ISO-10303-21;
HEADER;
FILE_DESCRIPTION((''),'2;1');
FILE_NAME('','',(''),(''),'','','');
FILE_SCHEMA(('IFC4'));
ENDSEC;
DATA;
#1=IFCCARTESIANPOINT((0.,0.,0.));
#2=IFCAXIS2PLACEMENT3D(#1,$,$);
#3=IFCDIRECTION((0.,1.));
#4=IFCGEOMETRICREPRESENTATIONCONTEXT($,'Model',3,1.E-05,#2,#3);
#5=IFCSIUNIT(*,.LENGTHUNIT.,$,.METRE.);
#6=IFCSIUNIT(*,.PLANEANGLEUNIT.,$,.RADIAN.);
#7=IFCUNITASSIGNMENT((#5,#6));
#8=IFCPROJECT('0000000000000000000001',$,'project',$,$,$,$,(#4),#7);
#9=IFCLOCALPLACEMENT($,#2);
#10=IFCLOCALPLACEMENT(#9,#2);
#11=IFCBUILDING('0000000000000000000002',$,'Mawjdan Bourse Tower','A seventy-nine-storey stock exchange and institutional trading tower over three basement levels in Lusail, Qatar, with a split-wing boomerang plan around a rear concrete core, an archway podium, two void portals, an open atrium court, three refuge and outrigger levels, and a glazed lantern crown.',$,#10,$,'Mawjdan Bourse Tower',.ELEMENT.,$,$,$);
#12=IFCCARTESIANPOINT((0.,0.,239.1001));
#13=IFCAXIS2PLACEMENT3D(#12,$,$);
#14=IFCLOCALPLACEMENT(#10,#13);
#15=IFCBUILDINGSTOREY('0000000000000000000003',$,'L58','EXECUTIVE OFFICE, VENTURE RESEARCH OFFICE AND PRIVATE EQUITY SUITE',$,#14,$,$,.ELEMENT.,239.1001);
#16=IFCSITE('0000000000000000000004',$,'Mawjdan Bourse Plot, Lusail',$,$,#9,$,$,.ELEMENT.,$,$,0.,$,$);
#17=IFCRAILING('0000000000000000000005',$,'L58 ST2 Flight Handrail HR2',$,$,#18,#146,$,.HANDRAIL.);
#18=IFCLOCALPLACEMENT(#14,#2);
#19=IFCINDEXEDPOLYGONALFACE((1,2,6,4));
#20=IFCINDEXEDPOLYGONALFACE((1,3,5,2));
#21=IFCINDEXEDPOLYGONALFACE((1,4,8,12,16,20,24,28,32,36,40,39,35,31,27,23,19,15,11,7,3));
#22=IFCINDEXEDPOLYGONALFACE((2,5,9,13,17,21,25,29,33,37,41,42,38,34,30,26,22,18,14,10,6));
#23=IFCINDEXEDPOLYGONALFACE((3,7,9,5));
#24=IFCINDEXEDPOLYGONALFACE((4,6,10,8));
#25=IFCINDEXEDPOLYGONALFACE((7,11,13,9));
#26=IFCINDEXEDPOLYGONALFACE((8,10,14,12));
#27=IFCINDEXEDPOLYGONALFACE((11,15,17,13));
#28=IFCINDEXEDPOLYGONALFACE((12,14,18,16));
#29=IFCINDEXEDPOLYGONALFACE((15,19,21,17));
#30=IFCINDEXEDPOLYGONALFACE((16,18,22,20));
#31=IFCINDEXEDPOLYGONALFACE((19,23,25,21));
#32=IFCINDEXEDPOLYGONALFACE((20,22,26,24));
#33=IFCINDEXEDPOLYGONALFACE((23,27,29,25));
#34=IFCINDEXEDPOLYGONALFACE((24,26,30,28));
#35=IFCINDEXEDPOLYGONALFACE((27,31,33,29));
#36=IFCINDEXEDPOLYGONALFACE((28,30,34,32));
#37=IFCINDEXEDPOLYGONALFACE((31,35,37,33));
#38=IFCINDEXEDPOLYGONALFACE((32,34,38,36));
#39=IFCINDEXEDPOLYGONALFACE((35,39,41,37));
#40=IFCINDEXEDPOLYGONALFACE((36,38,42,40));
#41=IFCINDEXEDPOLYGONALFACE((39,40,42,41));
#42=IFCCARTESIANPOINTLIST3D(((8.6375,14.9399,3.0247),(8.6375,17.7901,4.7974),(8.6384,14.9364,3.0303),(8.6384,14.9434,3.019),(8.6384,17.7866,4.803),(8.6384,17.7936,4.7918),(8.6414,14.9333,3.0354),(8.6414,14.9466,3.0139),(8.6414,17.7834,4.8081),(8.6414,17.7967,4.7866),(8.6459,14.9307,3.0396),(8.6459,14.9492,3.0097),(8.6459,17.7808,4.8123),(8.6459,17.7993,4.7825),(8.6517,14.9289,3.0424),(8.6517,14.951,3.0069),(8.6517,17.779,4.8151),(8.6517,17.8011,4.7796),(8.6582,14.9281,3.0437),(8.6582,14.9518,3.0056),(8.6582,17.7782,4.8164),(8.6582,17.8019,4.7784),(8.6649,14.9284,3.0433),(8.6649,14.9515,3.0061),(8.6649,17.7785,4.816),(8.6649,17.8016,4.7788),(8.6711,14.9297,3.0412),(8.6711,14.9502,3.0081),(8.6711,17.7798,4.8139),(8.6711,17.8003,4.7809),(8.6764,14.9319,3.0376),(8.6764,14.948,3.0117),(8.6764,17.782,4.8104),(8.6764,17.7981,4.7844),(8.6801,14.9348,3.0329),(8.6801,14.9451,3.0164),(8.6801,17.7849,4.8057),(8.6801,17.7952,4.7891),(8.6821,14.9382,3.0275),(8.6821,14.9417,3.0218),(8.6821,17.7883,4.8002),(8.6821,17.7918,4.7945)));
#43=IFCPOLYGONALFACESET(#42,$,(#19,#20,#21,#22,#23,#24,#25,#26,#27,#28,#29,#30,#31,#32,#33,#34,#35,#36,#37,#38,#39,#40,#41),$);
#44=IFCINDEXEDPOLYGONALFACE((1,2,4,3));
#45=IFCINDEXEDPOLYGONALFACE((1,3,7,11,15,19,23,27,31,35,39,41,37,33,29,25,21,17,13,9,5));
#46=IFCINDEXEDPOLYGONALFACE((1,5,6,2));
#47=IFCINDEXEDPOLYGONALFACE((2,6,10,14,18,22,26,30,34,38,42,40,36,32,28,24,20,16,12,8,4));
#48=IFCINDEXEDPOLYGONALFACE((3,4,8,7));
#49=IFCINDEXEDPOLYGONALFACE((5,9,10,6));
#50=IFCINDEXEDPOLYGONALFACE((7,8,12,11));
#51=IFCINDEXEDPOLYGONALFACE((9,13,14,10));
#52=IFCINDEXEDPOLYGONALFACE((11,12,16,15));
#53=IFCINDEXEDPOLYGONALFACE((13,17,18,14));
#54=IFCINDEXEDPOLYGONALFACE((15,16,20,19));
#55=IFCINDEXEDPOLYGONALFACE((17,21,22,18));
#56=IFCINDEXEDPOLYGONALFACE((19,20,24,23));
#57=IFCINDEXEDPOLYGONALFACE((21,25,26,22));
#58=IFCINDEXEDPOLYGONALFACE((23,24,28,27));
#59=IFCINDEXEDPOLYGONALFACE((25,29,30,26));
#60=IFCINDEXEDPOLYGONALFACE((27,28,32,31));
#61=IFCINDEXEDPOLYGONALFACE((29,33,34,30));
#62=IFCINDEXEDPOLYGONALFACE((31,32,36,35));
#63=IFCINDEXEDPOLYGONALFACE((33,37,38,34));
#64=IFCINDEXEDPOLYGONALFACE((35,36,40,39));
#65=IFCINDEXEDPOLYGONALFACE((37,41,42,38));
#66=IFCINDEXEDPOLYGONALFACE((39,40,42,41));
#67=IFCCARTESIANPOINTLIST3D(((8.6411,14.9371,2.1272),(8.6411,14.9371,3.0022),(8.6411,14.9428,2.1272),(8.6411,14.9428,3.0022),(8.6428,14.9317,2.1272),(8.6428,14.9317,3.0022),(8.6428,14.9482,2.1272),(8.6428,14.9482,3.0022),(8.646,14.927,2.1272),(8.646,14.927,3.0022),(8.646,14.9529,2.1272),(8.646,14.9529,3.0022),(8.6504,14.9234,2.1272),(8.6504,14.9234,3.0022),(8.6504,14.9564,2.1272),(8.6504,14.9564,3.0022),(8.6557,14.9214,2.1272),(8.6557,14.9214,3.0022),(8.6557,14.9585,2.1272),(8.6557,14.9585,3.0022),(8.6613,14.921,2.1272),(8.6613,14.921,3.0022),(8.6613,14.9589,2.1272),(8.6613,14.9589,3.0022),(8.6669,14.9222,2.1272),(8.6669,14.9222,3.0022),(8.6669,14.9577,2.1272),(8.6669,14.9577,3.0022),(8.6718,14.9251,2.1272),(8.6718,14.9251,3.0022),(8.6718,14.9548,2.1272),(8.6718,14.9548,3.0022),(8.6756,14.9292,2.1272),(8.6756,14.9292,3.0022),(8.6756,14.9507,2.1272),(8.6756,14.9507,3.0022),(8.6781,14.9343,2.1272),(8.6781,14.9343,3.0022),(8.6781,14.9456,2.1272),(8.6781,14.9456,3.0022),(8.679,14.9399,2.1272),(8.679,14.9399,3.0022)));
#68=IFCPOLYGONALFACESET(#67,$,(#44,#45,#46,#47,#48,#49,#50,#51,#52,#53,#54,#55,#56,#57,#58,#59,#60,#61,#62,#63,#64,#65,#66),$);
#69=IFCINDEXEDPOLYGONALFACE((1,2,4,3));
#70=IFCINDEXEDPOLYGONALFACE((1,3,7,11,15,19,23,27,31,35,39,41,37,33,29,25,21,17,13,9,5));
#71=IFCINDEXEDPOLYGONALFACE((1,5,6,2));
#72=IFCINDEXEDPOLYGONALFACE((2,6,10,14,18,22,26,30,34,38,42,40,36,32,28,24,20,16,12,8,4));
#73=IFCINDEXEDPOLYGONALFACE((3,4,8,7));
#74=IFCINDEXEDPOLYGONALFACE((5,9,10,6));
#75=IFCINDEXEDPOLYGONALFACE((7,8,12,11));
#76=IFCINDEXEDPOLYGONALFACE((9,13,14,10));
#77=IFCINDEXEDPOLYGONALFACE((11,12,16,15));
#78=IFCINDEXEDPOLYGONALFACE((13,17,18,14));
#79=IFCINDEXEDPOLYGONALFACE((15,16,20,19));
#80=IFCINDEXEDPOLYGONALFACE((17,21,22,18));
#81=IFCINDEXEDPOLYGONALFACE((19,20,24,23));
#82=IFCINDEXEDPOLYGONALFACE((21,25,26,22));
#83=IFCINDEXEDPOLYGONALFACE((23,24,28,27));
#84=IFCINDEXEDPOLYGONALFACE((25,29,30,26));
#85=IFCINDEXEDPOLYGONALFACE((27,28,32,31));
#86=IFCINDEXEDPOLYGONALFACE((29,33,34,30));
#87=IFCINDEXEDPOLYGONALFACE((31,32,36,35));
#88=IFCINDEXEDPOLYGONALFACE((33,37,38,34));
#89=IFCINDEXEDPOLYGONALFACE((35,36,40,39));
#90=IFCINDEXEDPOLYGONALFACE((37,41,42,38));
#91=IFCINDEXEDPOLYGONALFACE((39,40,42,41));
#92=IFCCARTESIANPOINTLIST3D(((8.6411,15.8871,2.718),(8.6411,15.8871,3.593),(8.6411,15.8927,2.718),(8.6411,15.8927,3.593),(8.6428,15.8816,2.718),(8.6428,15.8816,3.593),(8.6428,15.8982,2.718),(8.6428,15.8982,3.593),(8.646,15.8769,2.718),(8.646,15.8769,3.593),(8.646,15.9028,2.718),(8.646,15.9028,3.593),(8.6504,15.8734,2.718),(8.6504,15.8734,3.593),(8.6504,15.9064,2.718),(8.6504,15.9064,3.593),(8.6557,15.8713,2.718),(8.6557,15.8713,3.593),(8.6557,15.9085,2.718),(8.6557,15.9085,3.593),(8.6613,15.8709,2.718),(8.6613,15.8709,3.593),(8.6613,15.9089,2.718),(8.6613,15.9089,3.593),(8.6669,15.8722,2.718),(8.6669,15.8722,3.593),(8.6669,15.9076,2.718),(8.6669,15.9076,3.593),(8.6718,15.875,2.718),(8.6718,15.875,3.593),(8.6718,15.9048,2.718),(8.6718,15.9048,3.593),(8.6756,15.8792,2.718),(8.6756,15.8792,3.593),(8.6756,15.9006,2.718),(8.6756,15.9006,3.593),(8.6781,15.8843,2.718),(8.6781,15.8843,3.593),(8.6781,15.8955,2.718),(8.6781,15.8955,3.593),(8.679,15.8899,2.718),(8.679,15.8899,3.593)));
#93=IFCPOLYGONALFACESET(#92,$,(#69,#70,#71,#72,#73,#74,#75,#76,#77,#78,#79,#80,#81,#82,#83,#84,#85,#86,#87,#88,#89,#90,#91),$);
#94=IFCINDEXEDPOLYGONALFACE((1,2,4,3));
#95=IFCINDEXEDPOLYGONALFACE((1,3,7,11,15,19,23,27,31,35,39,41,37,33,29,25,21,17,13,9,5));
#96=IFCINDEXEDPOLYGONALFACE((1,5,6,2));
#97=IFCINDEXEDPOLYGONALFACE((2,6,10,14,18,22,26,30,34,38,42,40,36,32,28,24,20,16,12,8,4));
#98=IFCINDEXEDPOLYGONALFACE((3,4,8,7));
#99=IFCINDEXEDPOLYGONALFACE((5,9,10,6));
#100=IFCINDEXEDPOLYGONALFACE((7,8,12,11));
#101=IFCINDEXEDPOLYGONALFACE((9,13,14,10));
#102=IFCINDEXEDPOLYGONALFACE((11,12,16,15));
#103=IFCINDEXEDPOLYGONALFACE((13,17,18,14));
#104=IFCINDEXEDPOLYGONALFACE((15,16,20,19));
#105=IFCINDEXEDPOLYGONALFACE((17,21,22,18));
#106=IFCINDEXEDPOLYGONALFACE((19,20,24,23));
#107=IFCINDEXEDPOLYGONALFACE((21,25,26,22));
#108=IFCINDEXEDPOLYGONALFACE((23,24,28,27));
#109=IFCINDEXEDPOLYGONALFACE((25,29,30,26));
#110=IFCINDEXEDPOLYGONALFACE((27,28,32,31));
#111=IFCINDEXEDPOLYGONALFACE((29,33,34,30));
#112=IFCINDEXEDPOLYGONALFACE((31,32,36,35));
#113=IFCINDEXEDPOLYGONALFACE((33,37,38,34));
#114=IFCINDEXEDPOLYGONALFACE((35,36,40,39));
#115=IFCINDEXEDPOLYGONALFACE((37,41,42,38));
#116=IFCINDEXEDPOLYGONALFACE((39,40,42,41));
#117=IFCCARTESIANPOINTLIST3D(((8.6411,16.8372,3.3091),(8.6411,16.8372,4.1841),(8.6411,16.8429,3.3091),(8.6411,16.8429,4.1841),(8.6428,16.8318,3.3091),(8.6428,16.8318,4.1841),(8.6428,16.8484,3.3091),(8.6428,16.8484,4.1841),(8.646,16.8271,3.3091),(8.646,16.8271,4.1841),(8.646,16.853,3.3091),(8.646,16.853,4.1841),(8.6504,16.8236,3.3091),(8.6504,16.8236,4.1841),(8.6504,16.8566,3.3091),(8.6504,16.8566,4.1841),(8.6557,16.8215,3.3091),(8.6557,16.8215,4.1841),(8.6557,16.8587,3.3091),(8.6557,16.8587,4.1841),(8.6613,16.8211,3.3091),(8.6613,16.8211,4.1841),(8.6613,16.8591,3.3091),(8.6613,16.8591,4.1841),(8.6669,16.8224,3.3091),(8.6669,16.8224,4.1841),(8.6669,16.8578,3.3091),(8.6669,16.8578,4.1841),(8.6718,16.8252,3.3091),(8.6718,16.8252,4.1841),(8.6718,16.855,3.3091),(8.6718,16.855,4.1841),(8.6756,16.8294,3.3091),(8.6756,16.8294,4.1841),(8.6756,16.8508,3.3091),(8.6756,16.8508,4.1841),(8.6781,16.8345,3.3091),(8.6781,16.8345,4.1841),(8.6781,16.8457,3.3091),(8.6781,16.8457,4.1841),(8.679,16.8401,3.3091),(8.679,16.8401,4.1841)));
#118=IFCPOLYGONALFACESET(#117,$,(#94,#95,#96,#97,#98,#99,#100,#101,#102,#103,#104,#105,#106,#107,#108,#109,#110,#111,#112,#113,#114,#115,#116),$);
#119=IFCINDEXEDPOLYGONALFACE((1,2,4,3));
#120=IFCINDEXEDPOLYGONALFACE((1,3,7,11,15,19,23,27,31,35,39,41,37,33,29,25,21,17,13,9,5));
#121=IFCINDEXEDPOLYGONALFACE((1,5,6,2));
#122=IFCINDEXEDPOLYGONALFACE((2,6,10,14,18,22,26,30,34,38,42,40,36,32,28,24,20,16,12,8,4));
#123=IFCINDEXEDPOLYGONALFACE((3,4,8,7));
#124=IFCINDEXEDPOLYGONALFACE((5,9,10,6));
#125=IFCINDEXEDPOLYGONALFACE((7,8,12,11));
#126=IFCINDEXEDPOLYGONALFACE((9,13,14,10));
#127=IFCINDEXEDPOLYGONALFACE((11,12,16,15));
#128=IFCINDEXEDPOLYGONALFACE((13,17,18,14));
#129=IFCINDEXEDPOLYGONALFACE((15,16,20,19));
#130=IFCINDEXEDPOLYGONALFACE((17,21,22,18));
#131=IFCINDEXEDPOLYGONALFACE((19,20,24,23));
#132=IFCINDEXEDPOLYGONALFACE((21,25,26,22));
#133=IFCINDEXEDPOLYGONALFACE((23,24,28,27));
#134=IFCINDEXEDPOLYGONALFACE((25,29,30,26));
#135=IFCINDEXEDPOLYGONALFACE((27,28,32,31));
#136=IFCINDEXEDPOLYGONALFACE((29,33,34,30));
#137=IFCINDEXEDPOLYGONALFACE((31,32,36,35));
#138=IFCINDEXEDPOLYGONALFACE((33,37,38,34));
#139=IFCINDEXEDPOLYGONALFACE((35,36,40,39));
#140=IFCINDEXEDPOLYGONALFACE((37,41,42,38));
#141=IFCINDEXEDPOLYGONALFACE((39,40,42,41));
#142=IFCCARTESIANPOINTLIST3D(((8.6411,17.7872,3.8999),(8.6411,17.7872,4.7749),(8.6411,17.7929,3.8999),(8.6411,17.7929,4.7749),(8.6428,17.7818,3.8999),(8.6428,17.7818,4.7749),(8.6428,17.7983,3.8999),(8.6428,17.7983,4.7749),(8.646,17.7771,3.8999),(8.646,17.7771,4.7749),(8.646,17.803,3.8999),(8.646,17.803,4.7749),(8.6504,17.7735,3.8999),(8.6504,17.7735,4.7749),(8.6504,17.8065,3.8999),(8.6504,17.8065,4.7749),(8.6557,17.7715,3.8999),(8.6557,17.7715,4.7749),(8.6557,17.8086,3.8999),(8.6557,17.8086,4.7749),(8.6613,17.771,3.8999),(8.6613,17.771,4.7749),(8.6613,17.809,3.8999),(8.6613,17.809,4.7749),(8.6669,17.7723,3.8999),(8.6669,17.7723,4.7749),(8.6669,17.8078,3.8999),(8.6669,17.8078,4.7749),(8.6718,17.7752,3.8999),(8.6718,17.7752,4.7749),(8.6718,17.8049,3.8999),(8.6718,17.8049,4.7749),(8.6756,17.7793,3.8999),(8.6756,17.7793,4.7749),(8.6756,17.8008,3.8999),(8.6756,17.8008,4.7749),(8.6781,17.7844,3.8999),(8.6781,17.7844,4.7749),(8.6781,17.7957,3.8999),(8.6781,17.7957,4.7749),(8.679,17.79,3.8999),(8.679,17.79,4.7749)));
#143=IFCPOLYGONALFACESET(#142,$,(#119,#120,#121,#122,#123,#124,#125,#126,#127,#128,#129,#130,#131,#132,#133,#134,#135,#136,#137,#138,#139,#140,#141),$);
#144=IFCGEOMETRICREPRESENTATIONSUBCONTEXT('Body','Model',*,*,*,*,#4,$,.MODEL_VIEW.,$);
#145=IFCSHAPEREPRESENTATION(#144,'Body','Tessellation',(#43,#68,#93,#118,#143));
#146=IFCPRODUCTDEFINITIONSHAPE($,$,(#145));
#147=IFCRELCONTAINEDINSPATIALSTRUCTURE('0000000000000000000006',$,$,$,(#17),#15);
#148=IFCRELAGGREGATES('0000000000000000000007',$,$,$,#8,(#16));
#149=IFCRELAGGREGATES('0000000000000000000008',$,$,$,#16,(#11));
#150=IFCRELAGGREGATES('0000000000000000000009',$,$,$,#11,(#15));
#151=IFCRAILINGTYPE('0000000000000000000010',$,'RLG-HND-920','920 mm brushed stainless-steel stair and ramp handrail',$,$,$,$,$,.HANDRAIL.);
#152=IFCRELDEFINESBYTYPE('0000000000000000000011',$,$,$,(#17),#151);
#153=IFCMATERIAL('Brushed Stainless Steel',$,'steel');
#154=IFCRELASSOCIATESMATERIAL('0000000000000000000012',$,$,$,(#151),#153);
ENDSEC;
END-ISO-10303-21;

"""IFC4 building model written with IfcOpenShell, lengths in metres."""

from ifc_helpers import new_model, si_unit, direction, frame, origin, origin_2d, place, context, subcontext, project, spatial, circle, extrude, material, type_object, element, save


model = new_model("IFC4")

# Units and contexts
model_context = context("Model", 3, precision=1e-05, world=origin(), true_north=direction((0.0, 1.0)))
body_context = subcontext(model_context, "Body", "Model", "MODEL_VIEW")
ifc_project = project(units=[si_unit("LENGTHUNIT", "METRE"), si_unit("PLANEANGLEUNIT", "RADIAN")], contexts=[model_context])

# Site, building, storey
site_placement = place(None, origin())
site = spatial("IfcSite", under=ifc_project, at=site_placement, Name="Mawjdan Bourse Plot, Lusail", CompositionType="ELEMENT", RefElevation=0.0)
building_placement = place(site_placement, origin())
building = spatial("IfcBuilding", under=site, at=building_placement, Name="Mawjdan Bourse Tower", Description="A seventy-nine-storey stock exchange and institutional trading tower over three basement levels in Lusail, Qatar, with a split-wing boomerang plan around a rear concrete core, an archway podium, two void portals, an open atrium court, three refuge and outrigger levels, and a glazed lantern crown.", LongName="Mawjdan Bourse Tower", CompositionType="ELEMENT")
storey_placement = place(building_placement, frame((0.0, 0.0, 239.1001)))
storey = spatial("IfcBuildingStorey", under=building, at=storey_placement, Name="L58", Description="EXECUTIVE OFFICE, VENTURE RESEARCH OFFICE AND PRIVATE EQUITY SUITE", CompositionType="ELEMENT", Elevation=239.1001)

# Shared definitions
ifc_material_1 = material(Name="Brushed Stainless Steel", Category="steel")

# Railing
railing_type_1 = type_object("IfcRailingType", Name="RLG-HND-920", Description="920 mm brushed stainless-steel stair and ramp handrail", PredefinedType="HANDRAIL", material=ifc_material_1)
railing_1_placement = place(storey_placement, frame((8.6599, 14.9399, 2.1272)))
element("IfcRailing", 1, at=railing_1_placement, inside=storey, type_object=railing_type_1, Name="L58 ST2 Flight Handrail HR2", PredefinedType="HANDRAIL", context=body_context, shape_type="SweptSolid", body=[
    extrude(circle(Radius=0.0225, at=origin_2d()), frame((0.0, 0.0, 0.8975), z_axis=(0.0, 0.849149, 0.528154), x_axis=(-1.0, 0.0, 0.0)), (0.0, 0.0, 1.0), 3.3564),
    extrude(circle(Radius=0.019, at=origin_2d()), origin(), (0.0, 0.0, 1.0), 0.875),
    extrude(circle(Radius=0.019, at=origin_2d()), frame((0.0, 0.95, 0.5908)), (0.0, 0.0, 1.0), 0.875),
    extrude(circle(Radius=0.019, at=origin_2d()), frame((0.0, 1.9001, 1.1819)), (0.0, 0.0, 1.0), 0.875),
    extrude(circle(Radius=0.019, at=origin_2d()), frame((0.0, 2.8501, 1.7727)), (0.0, 0.0, 1.0), 0.875),
])

save(model, "model.ifc")
